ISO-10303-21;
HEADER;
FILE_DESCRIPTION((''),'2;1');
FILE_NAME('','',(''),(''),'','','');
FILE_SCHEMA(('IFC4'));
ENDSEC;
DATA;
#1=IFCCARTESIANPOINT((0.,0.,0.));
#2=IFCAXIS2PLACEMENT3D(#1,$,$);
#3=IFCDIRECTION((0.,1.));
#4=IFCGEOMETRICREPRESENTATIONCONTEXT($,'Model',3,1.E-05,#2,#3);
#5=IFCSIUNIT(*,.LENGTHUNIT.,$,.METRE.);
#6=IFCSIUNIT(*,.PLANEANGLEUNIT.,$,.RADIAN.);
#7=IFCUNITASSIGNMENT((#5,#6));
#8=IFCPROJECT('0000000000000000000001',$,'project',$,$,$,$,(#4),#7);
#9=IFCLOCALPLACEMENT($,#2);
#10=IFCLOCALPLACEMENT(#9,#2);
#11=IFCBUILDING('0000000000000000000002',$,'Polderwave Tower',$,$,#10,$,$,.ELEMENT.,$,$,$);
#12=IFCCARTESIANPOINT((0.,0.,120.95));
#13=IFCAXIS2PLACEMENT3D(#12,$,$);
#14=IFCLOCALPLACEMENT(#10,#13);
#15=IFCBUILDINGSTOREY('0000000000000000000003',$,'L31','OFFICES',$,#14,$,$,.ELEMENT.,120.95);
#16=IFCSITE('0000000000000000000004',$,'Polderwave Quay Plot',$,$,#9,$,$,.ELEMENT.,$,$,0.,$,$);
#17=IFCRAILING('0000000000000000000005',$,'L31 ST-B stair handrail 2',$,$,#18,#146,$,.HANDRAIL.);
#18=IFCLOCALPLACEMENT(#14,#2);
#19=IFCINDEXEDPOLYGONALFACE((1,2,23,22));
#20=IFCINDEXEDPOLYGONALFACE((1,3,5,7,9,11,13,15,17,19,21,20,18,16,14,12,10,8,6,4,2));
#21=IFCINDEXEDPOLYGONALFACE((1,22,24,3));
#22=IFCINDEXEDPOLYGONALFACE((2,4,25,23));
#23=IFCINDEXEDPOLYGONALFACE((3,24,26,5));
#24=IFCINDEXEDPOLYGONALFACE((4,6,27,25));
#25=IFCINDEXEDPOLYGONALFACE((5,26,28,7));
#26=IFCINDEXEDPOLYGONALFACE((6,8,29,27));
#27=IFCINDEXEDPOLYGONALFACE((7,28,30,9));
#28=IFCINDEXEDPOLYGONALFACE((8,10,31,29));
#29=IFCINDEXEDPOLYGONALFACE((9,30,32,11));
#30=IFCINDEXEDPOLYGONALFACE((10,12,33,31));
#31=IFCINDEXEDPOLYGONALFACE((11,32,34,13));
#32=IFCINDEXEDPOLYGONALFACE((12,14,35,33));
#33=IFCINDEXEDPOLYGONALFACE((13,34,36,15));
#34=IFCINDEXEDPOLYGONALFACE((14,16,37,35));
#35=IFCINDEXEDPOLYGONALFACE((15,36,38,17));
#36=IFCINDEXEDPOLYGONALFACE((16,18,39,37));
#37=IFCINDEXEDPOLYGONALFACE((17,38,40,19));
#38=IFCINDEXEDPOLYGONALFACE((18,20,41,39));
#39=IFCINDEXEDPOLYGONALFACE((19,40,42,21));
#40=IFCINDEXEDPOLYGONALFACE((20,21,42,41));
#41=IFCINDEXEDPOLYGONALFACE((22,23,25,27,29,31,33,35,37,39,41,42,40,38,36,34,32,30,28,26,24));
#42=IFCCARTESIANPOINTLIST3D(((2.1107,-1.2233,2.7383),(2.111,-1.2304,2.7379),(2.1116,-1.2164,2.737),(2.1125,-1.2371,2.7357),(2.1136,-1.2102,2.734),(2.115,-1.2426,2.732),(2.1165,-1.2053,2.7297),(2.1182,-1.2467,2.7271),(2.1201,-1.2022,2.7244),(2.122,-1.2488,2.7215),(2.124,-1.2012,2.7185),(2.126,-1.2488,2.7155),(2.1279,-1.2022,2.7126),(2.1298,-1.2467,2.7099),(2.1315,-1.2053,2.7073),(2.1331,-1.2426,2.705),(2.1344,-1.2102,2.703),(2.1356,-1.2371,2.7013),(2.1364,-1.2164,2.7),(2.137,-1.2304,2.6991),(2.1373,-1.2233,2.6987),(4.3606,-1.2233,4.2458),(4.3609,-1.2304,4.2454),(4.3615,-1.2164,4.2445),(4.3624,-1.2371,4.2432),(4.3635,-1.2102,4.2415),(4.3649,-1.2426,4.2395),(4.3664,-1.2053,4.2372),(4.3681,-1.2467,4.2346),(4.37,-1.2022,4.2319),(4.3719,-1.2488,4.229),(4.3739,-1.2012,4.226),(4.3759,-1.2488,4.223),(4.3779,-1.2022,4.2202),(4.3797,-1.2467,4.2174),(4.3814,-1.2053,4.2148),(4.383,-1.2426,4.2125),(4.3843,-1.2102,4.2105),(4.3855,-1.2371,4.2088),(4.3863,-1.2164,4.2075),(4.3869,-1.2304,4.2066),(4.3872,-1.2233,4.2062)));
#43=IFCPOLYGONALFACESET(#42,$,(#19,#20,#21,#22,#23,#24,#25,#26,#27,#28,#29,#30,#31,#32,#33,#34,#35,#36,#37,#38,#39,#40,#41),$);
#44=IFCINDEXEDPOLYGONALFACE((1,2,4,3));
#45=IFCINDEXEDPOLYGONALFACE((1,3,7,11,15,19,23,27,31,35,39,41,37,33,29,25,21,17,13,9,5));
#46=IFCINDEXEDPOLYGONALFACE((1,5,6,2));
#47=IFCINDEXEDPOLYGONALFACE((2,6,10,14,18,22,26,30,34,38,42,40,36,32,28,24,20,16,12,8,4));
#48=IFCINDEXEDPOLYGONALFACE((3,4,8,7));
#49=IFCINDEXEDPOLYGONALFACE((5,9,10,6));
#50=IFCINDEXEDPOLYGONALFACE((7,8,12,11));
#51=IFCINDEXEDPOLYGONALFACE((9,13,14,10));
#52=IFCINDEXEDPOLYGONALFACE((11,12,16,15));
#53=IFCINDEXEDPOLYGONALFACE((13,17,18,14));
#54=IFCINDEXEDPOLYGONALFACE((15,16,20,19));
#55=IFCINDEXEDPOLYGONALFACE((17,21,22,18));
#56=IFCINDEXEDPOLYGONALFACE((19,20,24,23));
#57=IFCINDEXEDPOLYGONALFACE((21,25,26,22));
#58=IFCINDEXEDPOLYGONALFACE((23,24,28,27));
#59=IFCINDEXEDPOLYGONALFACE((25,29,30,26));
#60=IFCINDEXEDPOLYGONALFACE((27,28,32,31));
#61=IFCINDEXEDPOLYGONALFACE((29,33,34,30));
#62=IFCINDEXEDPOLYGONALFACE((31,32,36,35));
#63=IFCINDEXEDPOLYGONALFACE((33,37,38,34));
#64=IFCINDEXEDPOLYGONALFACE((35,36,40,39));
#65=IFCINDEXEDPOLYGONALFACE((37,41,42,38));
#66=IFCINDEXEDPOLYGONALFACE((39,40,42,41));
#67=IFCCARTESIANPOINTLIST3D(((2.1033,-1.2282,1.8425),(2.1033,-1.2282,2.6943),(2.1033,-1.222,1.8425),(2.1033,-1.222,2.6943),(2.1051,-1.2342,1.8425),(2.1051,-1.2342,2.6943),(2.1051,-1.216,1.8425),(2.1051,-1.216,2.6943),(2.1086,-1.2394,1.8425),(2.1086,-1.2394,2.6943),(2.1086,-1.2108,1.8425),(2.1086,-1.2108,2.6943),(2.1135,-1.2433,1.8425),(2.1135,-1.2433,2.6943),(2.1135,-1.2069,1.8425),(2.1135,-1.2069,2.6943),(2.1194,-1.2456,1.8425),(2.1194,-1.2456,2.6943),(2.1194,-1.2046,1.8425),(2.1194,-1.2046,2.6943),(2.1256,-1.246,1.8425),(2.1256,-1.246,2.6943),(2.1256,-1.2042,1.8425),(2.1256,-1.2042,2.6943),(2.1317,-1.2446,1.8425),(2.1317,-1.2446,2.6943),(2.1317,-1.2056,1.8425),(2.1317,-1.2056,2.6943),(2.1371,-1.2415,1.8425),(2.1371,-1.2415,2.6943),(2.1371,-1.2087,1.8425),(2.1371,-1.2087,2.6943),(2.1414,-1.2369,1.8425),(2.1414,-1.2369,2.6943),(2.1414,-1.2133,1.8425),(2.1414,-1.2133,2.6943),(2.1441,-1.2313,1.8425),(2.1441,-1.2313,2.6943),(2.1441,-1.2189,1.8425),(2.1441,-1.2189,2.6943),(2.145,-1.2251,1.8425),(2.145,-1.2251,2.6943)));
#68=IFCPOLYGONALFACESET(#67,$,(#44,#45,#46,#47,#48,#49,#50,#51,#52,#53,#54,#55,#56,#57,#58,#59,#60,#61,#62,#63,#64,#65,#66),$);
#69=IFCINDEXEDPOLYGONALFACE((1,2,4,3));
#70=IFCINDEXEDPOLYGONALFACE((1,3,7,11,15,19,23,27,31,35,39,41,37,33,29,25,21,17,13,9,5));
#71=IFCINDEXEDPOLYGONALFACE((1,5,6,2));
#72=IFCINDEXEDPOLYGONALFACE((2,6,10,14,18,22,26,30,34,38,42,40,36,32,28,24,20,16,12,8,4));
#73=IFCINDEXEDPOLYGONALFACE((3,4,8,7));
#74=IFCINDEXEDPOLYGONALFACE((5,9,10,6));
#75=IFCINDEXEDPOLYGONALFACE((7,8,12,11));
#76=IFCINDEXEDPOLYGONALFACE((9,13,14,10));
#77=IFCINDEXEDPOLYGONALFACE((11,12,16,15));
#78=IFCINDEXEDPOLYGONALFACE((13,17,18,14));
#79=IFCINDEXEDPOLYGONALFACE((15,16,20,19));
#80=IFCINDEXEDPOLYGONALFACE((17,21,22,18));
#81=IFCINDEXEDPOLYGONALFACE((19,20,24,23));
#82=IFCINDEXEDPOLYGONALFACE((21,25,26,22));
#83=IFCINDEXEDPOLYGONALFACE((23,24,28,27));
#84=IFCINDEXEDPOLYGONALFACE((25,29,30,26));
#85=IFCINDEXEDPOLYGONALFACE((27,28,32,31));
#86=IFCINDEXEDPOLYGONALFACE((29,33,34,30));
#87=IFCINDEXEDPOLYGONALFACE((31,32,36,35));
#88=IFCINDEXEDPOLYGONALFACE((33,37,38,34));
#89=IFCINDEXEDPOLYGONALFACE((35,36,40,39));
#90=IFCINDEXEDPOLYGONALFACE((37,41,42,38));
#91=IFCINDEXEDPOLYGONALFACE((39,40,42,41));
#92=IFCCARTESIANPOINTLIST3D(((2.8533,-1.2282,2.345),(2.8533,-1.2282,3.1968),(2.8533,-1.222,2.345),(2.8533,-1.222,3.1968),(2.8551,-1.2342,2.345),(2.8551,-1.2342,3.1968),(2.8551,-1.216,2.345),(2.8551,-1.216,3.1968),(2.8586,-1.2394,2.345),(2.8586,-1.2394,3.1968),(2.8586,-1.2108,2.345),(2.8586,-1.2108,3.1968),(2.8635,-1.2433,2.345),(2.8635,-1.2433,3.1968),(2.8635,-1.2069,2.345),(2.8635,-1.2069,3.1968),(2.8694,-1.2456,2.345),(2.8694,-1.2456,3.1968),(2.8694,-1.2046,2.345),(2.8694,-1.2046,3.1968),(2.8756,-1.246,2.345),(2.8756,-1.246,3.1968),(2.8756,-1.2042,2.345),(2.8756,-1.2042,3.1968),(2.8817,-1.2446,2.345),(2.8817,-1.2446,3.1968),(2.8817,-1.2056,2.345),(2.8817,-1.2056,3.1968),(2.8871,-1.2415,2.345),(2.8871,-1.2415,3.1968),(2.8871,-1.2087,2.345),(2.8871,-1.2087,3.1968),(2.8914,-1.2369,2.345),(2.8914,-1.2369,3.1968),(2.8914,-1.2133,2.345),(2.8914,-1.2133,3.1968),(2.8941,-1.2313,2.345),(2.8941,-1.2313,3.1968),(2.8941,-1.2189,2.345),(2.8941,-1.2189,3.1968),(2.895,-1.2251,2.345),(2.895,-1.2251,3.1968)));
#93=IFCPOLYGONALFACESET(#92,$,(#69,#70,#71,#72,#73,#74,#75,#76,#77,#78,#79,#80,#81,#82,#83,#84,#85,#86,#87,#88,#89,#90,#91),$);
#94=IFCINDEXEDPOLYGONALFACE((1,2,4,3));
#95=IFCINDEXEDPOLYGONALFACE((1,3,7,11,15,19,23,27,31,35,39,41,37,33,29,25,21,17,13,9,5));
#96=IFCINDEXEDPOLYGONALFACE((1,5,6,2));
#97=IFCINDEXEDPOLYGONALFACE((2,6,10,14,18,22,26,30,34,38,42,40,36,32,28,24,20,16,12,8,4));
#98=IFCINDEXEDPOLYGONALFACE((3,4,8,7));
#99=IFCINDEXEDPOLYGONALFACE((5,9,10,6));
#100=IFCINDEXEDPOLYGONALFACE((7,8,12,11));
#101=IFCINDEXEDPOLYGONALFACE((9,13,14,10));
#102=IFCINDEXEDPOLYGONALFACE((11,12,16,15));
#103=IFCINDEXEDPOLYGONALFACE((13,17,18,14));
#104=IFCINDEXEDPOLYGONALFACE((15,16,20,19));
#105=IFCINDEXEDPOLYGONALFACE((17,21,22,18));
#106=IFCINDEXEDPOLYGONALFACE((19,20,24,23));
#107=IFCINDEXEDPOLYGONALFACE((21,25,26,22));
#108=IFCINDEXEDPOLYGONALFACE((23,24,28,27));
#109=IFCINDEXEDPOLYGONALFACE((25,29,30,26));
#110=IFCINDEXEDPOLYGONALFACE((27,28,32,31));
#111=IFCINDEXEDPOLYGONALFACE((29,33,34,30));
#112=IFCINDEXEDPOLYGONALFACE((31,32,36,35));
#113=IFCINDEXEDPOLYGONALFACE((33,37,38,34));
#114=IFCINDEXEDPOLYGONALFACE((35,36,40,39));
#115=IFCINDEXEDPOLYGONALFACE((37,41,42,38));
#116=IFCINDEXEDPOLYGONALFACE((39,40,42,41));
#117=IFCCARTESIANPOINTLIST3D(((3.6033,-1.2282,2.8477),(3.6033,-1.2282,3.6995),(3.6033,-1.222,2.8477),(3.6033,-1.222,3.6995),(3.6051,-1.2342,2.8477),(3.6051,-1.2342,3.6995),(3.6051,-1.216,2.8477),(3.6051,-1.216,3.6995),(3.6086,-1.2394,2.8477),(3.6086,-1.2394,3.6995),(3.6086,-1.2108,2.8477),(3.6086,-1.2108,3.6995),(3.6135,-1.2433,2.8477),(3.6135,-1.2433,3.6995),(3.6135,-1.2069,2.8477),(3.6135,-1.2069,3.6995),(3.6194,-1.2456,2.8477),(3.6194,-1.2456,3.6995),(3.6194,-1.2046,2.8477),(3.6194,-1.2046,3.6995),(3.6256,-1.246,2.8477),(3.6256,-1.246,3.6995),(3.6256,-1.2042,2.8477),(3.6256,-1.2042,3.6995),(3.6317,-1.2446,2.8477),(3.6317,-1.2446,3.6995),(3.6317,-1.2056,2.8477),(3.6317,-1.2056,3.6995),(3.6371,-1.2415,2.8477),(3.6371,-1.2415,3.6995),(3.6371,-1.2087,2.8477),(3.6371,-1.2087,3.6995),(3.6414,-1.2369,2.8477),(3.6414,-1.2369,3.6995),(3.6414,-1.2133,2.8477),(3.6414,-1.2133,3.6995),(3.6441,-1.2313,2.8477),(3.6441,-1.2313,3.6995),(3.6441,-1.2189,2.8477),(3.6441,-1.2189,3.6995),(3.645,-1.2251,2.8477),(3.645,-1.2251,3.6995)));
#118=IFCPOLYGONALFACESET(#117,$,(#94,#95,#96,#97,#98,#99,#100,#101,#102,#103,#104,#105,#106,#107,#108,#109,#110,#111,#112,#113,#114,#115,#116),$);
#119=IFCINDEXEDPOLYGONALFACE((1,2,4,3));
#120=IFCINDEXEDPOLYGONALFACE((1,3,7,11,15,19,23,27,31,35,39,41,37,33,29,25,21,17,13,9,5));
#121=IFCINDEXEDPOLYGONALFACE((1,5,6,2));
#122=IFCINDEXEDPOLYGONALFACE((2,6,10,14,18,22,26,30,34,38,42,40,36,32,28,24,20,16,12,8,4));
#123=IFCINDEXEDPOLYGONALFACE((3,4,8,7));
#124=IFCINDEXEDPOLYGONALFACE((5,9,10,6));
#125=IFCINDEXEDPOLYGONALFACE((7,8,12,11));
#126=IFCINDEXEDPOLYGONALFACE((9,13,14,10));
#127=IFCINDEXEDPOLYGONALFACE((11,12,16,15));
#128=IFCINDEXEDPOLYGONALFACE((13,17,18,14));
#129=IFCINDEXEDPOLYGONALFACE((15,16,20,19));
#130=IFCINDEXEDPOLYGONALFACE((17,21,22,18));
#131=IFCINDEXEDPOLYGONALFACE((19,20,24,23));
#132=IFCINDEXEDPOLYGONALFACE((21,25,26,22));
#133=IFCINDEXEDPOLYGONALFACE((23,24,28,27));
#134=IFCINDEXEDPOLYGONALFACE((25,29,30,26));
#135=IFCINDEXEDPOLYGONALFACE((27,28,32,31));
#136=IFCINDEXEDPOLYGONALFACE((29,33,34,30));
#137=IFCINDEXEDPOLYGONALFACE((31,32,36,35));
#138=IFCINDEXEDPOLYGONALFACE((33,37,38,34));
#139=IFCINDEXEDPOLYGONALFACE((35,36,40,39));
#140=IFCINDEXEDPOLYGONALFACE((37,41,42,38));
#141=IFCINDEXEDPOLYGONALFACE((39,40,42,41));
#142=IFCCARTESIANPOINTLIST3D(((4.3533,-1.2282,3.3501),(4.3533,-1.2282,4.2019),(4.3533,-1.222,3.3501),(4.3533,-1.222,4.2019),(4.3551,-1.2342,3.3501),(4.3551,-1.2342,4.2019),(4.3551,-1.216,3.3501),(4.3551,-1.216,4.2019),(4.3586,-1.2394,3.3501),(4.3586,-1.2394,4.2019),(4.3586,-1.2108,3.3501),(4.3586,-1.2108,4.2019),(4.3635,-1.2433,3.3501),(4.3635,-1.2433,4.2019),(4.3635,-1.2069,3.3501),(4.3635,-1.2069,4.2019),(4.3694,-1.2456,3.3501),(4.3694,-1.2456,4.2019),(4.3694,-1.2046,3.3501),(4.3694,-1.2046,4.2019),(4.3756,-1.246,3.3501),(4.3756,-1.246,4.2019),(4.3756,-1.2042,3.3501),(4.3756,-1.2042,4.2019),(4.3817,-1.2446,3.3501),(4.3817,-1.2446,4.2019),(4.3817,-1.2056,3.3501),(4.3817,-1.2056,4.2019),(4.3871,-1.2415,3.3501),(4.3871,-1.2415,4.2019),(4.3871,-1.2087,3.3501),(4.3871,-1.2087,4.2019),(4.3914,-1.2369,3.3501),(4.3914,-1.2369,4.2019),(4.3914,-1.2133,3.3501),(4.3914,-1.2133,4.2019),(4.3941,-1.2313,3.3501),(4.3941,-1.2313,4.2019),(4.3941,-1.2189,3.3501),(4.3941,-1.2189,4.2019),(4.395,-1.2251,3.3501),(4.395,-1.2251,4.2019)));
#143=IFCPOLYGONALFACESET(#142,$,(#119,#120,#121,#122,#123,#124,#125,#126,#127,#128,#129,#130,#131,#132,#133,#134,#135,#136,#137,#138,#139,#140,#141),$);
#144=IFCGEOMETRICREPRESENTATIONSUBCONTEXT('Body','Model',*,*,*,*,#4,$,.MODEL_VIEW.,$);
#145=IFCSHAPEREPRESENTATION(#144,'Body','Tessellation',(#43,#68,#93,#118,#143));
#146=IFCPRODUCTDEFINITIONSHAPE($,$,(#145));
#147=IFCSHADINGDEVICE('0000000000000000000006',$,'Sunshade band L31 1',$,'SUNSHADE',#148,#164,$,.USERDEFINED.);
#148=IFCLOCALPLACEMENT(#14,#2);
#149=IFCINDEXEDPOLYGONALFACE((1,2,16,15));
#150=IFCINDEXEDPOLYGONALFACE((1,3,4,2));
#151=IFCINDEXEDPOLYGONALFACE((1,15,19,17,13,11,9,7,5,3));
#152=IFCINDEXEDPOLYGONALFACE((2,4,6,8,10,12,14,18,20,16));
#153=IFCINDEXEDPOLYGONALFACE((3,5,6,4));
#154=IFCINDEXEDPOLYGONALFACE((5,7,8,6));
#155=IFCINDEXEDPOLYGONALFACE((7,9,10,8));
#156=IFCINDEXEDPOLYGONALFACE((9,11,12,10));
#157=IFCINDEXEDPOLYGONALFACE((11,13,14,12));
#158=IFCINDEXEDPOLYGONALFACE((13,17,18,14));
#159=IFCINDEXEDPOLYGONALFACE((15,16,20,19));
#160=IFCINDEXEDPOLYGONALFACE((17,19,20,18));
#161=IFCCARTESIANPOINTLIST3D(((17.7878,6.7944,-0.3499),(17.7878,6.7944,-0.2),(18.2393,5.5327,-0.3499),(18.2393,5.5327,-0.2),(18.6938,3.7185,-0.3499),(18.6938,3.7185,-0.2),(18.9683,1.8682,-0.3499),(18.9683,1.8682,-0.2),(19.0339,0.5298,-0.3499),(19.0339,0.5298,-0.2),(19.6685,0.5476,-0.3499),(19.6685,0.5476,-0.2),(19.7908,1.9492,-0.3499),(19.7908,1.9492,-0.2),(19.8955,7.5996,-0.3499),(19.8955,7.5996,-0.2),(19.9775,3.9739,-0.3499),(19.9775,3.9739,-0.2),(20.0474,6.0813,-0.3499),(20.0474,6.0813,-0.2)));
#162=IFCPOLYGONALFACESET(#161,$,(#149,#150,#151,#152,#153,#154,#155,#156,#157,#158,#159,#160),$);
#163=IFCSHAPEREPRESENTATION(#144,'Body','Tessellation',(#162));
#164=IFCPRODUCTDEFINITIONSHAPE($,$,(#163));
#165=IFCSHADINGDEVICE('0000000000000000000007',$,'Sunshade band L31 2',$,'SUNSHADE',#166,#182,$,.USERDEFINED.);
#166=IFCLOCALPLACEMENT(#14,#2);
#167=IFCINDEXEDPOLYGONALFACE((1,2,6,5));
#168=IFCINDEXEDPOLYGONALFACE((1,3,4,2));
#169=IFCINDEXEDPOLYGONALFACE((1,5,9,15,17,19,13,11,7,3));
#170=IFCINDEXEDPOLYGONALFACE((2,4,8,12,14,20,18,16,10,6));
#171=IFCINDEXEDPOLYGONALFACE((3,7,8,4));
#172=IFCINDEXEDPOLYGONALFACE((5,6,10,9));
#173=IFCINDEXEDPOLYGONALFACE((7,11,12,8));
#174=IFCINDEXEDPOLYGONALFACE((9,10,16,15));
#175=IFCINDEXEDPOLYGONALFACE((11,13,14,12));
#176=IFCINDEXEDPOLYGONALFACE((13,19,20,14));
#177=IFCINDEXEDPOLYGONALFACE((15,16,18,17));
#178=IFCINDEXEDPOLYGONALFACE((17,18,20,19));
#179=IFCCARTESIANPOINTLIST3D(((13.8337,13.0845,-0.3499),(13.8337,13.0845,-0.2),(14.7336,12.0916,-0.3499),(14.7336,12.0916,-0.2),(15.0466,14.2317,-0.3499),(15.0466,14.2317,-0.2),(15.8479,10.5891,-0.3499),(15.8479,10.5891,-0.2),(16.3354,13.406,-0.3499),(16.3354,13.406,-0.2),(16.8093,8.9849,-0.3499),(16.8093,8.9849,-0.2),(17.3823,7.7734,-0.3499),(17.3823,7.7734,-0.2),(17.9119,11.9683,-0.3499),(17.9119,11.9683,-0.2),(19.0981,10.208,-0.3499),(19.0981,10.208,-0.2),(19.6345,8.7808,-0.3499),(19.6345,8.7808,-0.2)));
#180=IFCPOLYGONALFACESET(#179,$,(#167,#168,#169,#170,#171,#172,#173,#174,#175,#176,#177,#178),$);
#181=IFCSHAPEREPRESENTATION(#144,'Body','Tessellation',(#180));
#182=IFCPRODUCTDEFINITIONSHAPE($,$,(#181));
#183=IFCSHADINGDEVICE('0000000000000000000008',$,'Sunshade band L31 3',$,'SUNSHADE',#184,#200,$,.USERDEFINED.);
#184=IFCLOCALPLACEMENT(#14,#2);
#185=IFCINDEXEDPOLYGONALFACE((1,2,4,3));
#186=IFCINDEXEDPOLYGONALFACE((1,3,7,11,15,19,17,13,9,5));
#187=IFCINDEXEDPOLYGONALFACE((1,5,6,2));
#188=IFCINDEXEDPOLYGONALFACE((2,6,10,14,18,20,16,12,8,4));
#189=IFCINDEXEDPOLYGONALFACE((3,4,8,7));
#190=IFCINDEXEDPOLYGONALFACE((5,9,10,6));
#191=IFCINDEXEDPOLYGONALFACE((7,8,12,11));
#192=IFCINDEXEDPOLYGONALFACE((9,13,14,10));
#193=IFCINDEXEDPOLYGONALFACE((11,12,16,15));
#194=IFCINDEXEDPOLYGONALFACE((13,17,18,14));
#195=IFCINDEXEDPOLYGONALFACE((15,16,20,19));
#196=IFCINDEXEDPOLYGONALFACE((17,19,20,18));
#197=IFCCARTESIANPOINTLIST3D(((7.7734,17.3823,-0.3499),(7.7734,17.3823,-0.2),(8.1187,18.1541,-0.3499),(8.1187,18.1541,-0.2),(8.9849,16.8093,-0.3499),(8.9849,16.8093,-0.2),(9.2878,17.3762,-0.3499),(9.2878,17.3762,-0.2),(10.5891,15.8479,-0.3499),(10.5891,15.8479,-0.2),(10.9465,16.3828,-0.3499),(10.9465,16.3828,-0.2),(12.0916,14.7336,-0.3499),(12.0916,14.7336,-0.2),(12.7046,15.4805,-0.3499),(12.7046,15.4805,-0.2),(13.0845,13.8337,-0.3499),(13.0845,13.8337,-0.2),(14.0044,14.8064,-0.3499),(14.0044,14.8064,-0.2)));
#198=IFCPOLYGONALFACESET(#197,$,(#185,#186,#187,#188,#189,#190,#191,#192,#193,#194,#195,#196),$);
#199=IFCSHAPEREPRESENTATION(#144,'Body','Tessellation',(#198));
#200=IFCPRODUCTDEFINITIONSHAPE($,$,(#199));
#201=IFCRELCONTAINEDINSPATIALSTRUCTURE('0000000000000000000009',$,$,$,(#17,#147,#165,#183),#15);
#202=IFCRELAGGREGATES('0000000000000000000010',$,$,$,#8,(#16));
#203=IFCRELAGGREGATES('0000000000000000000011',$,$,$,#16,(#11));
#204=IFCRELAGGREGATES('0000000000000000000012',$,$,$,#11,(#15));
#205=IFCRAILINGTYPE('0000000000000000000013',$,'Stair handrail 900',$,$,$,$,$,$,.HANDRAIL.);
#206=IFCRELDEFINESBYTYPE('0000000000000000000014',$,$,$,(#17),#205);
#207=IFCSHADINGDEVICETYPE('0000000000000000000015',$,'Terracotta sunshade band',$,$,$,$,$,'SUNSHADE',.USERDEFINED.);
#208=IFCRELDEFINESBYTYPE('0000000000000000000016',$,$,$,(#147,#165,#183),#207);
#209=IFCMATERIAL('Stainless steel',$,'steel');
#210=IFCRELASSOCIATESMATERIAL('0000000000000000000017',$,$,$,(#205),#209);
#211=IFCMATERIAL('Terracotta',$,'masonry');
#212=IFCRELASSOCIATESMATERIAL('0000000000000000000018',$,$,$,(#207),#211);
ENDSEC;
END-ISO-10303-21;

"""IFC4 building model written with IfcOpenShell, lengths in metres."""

from ifc_helpers import new_model, si_unit, direction, frame, origin, origin_2d, place, context, subcontext, project, spatial, polyline, circle, outline, extrude, material, type_object, element, save


model = new_model("IFC4")

# Units and contexts
model_context = context("Model", 3, precision=1e-05, world=origin(), true_north=direction((0.0, 1.0)))
body_context = subcontext(model_context, "Body", "Model", "MODEL_VIEW")
ifc_project = project(units=[si_unit("LENGTHUNIT", "METRE"), si_unit("PLANEANGLEUNIT", "RADIAN")], contexts=[model_context])

# Site, building, storey
site_placement = place(None, origin())
site = spatial("IfcSite", under=ifc_project, at=site_placement, Name="Polderwave Quay Plot", CompositionType="ELEMENT", RefElevation=0.0)
building_placement = place(site_placement, origin())
building = spatial("IfcBuilding", under=site, at=building_placement, Name="Polderwave Tower", CompositionType="ELEMENT")
storey_placement = place(building_placement, frame((0.0, 0.0, 120.95)))
storey = spatial("IfcBuildingStorey", under=building, at=storey_placement, Name="L31", Description="OFFICES", CompositionType="ELEMENT", Elevation=120.95)

# Railing
ifc_material_1 = material(Name="Stainless steel", Category="steel")
railing_type_1 = type_object("IfcRailingType", Name="Stair handrail 900", PredefinedType="HANDRAIL", material=ifc_material_1)
railing_1_placement = place(storey_placement, frame((2.124, -1.2251, 1.8425)))
element("IfcRailing", 1, at=railing_1_placement, inside=storey, type_object=railing_type_1, Name="L31 ST-B stair handrail 2", PredefinedType="HANDRAIL", context=body_context, shape_type="SweptSolid", body=[
    extrude(circle(Radius=0.0239, at=origin_2d()), frame((0.0, 0.0, 0.876), z_axis=(0.830758, 0.0, 0.556633), x_axis=(0.0, 1.0, 0.0)), (0.0, 0.0, 1.0), 2.7083),
    extrude(circle(Radius=0.021, at=origin_2d()), origin(), (0.0, 0.0, 1.0), 0.8518),
    extrude(circle(Radius=0.021, at=origin_2d()), frame((0.75, 0.0, 0.5024)), (0.0, 0.0, 1.0), 0.8518),
    extrude(circle(Radius=0.021, at=origin_2d()), frame((1.5, 0.0, 1.0051)), (0.0, 0.0, 1.0), 0.8518),
    extrude(circle(Radius=0.021, at=origin_2d()), frame((2.25, 0.0, 1.5076)), (0.0, 0.0, 1.0), 0.8518),
])

# Shading devices
ifc_material_2 = material(Name="Terracotta", Category="masonry")
shading_device_type = type_object("IfcShadingDeviceType", Name="Terracotta sunshade band", ElementType="SUNSHADE", PredefinedType="USERDEFINED", material=ifc_material_2)
shading_device_1_placement = place(storey_placement, frame((0.0, 0.0, -0.3499)))
element("IfcShadingDevice", 2, at=shading_device_1_placement, inside=storey, type_object=shading_device_type, Name="Sunshade band L31 1", ObjectType="SUNSHADE", PredefinedType="USERDEFINED", context=body_context, shape_type="SweptSolid", body=[
    extrude(outline(polyline([(19.0339, 0.5298), (18.9683, 1.8682), (18.6938, 3.7185), (18.2393, 5.5327), (17.7878, 6.7944), (19.8955, 7.5996), (20.0474, 6.0813), (19.9775, 3.9739), (19.7908, 1.9492), (19.6685, 0.5476), (19.0339, 0.5298)])), origin(), (0.0, 0.0, 1.0), 0.1499),
])
shading_device_2_placement = place(storey_placement, frame((0.0, 0.0, -0.3499)))
element("IfcShadingDevice", 3, at=shading_device_2_placement, inside=storey, type_object=shading_device_type, Name="Sunshade band L31 2", ObjectType="SUNSHADE", PredefinedType="USERDEFINED", context=body_context, shape_type="SweptSolid", body=[
    extrude(outline(polyline([(17.3823, 7.7734), (16.8093, 8.9849), (15.8479, 10.5891), (14.7336, 12.0916), (13.8337, 13.0845), (15.0466, 14.2317), (16.3354, 13.406), (17.9119, 11.9683), (19.0981, 10.208), (19.6345, 8.7808), (17.3823, 7.7734)])), origin(), (0.0, 0.0, 1.0), 0.1499),
])
shading_device_3_placement = place(storey_placement, frame((0.0, 0.0, -0.3499)))
element("IfcShadingDevice", 4, at=shading_device_3_placement, inside=storey, type_object=shading_device_type, Name="Sunshade band L31 3", ObjectType="SUNSHADE", PredefinedType="USERDEFINED", context=body_context, shape_type="SweptSolid", body=[
    extrude(outline(polyline([(13.0845, 13.8337), (12.0916, 14.7336), (10.5891, 15.8479), (8.9849, 16.8093), (7.7734, 17.3823), (8.1187, 18.1541), (9.2878, 17.3762), (10.9465, 16.3828), (12.7046, 15.4805), (14.0044, 14.8064), (13.0845, 13.8337)])), origin(), (0.0, 0.0, 1.0), 0.1499),
])

save(model, "model.ifc")
